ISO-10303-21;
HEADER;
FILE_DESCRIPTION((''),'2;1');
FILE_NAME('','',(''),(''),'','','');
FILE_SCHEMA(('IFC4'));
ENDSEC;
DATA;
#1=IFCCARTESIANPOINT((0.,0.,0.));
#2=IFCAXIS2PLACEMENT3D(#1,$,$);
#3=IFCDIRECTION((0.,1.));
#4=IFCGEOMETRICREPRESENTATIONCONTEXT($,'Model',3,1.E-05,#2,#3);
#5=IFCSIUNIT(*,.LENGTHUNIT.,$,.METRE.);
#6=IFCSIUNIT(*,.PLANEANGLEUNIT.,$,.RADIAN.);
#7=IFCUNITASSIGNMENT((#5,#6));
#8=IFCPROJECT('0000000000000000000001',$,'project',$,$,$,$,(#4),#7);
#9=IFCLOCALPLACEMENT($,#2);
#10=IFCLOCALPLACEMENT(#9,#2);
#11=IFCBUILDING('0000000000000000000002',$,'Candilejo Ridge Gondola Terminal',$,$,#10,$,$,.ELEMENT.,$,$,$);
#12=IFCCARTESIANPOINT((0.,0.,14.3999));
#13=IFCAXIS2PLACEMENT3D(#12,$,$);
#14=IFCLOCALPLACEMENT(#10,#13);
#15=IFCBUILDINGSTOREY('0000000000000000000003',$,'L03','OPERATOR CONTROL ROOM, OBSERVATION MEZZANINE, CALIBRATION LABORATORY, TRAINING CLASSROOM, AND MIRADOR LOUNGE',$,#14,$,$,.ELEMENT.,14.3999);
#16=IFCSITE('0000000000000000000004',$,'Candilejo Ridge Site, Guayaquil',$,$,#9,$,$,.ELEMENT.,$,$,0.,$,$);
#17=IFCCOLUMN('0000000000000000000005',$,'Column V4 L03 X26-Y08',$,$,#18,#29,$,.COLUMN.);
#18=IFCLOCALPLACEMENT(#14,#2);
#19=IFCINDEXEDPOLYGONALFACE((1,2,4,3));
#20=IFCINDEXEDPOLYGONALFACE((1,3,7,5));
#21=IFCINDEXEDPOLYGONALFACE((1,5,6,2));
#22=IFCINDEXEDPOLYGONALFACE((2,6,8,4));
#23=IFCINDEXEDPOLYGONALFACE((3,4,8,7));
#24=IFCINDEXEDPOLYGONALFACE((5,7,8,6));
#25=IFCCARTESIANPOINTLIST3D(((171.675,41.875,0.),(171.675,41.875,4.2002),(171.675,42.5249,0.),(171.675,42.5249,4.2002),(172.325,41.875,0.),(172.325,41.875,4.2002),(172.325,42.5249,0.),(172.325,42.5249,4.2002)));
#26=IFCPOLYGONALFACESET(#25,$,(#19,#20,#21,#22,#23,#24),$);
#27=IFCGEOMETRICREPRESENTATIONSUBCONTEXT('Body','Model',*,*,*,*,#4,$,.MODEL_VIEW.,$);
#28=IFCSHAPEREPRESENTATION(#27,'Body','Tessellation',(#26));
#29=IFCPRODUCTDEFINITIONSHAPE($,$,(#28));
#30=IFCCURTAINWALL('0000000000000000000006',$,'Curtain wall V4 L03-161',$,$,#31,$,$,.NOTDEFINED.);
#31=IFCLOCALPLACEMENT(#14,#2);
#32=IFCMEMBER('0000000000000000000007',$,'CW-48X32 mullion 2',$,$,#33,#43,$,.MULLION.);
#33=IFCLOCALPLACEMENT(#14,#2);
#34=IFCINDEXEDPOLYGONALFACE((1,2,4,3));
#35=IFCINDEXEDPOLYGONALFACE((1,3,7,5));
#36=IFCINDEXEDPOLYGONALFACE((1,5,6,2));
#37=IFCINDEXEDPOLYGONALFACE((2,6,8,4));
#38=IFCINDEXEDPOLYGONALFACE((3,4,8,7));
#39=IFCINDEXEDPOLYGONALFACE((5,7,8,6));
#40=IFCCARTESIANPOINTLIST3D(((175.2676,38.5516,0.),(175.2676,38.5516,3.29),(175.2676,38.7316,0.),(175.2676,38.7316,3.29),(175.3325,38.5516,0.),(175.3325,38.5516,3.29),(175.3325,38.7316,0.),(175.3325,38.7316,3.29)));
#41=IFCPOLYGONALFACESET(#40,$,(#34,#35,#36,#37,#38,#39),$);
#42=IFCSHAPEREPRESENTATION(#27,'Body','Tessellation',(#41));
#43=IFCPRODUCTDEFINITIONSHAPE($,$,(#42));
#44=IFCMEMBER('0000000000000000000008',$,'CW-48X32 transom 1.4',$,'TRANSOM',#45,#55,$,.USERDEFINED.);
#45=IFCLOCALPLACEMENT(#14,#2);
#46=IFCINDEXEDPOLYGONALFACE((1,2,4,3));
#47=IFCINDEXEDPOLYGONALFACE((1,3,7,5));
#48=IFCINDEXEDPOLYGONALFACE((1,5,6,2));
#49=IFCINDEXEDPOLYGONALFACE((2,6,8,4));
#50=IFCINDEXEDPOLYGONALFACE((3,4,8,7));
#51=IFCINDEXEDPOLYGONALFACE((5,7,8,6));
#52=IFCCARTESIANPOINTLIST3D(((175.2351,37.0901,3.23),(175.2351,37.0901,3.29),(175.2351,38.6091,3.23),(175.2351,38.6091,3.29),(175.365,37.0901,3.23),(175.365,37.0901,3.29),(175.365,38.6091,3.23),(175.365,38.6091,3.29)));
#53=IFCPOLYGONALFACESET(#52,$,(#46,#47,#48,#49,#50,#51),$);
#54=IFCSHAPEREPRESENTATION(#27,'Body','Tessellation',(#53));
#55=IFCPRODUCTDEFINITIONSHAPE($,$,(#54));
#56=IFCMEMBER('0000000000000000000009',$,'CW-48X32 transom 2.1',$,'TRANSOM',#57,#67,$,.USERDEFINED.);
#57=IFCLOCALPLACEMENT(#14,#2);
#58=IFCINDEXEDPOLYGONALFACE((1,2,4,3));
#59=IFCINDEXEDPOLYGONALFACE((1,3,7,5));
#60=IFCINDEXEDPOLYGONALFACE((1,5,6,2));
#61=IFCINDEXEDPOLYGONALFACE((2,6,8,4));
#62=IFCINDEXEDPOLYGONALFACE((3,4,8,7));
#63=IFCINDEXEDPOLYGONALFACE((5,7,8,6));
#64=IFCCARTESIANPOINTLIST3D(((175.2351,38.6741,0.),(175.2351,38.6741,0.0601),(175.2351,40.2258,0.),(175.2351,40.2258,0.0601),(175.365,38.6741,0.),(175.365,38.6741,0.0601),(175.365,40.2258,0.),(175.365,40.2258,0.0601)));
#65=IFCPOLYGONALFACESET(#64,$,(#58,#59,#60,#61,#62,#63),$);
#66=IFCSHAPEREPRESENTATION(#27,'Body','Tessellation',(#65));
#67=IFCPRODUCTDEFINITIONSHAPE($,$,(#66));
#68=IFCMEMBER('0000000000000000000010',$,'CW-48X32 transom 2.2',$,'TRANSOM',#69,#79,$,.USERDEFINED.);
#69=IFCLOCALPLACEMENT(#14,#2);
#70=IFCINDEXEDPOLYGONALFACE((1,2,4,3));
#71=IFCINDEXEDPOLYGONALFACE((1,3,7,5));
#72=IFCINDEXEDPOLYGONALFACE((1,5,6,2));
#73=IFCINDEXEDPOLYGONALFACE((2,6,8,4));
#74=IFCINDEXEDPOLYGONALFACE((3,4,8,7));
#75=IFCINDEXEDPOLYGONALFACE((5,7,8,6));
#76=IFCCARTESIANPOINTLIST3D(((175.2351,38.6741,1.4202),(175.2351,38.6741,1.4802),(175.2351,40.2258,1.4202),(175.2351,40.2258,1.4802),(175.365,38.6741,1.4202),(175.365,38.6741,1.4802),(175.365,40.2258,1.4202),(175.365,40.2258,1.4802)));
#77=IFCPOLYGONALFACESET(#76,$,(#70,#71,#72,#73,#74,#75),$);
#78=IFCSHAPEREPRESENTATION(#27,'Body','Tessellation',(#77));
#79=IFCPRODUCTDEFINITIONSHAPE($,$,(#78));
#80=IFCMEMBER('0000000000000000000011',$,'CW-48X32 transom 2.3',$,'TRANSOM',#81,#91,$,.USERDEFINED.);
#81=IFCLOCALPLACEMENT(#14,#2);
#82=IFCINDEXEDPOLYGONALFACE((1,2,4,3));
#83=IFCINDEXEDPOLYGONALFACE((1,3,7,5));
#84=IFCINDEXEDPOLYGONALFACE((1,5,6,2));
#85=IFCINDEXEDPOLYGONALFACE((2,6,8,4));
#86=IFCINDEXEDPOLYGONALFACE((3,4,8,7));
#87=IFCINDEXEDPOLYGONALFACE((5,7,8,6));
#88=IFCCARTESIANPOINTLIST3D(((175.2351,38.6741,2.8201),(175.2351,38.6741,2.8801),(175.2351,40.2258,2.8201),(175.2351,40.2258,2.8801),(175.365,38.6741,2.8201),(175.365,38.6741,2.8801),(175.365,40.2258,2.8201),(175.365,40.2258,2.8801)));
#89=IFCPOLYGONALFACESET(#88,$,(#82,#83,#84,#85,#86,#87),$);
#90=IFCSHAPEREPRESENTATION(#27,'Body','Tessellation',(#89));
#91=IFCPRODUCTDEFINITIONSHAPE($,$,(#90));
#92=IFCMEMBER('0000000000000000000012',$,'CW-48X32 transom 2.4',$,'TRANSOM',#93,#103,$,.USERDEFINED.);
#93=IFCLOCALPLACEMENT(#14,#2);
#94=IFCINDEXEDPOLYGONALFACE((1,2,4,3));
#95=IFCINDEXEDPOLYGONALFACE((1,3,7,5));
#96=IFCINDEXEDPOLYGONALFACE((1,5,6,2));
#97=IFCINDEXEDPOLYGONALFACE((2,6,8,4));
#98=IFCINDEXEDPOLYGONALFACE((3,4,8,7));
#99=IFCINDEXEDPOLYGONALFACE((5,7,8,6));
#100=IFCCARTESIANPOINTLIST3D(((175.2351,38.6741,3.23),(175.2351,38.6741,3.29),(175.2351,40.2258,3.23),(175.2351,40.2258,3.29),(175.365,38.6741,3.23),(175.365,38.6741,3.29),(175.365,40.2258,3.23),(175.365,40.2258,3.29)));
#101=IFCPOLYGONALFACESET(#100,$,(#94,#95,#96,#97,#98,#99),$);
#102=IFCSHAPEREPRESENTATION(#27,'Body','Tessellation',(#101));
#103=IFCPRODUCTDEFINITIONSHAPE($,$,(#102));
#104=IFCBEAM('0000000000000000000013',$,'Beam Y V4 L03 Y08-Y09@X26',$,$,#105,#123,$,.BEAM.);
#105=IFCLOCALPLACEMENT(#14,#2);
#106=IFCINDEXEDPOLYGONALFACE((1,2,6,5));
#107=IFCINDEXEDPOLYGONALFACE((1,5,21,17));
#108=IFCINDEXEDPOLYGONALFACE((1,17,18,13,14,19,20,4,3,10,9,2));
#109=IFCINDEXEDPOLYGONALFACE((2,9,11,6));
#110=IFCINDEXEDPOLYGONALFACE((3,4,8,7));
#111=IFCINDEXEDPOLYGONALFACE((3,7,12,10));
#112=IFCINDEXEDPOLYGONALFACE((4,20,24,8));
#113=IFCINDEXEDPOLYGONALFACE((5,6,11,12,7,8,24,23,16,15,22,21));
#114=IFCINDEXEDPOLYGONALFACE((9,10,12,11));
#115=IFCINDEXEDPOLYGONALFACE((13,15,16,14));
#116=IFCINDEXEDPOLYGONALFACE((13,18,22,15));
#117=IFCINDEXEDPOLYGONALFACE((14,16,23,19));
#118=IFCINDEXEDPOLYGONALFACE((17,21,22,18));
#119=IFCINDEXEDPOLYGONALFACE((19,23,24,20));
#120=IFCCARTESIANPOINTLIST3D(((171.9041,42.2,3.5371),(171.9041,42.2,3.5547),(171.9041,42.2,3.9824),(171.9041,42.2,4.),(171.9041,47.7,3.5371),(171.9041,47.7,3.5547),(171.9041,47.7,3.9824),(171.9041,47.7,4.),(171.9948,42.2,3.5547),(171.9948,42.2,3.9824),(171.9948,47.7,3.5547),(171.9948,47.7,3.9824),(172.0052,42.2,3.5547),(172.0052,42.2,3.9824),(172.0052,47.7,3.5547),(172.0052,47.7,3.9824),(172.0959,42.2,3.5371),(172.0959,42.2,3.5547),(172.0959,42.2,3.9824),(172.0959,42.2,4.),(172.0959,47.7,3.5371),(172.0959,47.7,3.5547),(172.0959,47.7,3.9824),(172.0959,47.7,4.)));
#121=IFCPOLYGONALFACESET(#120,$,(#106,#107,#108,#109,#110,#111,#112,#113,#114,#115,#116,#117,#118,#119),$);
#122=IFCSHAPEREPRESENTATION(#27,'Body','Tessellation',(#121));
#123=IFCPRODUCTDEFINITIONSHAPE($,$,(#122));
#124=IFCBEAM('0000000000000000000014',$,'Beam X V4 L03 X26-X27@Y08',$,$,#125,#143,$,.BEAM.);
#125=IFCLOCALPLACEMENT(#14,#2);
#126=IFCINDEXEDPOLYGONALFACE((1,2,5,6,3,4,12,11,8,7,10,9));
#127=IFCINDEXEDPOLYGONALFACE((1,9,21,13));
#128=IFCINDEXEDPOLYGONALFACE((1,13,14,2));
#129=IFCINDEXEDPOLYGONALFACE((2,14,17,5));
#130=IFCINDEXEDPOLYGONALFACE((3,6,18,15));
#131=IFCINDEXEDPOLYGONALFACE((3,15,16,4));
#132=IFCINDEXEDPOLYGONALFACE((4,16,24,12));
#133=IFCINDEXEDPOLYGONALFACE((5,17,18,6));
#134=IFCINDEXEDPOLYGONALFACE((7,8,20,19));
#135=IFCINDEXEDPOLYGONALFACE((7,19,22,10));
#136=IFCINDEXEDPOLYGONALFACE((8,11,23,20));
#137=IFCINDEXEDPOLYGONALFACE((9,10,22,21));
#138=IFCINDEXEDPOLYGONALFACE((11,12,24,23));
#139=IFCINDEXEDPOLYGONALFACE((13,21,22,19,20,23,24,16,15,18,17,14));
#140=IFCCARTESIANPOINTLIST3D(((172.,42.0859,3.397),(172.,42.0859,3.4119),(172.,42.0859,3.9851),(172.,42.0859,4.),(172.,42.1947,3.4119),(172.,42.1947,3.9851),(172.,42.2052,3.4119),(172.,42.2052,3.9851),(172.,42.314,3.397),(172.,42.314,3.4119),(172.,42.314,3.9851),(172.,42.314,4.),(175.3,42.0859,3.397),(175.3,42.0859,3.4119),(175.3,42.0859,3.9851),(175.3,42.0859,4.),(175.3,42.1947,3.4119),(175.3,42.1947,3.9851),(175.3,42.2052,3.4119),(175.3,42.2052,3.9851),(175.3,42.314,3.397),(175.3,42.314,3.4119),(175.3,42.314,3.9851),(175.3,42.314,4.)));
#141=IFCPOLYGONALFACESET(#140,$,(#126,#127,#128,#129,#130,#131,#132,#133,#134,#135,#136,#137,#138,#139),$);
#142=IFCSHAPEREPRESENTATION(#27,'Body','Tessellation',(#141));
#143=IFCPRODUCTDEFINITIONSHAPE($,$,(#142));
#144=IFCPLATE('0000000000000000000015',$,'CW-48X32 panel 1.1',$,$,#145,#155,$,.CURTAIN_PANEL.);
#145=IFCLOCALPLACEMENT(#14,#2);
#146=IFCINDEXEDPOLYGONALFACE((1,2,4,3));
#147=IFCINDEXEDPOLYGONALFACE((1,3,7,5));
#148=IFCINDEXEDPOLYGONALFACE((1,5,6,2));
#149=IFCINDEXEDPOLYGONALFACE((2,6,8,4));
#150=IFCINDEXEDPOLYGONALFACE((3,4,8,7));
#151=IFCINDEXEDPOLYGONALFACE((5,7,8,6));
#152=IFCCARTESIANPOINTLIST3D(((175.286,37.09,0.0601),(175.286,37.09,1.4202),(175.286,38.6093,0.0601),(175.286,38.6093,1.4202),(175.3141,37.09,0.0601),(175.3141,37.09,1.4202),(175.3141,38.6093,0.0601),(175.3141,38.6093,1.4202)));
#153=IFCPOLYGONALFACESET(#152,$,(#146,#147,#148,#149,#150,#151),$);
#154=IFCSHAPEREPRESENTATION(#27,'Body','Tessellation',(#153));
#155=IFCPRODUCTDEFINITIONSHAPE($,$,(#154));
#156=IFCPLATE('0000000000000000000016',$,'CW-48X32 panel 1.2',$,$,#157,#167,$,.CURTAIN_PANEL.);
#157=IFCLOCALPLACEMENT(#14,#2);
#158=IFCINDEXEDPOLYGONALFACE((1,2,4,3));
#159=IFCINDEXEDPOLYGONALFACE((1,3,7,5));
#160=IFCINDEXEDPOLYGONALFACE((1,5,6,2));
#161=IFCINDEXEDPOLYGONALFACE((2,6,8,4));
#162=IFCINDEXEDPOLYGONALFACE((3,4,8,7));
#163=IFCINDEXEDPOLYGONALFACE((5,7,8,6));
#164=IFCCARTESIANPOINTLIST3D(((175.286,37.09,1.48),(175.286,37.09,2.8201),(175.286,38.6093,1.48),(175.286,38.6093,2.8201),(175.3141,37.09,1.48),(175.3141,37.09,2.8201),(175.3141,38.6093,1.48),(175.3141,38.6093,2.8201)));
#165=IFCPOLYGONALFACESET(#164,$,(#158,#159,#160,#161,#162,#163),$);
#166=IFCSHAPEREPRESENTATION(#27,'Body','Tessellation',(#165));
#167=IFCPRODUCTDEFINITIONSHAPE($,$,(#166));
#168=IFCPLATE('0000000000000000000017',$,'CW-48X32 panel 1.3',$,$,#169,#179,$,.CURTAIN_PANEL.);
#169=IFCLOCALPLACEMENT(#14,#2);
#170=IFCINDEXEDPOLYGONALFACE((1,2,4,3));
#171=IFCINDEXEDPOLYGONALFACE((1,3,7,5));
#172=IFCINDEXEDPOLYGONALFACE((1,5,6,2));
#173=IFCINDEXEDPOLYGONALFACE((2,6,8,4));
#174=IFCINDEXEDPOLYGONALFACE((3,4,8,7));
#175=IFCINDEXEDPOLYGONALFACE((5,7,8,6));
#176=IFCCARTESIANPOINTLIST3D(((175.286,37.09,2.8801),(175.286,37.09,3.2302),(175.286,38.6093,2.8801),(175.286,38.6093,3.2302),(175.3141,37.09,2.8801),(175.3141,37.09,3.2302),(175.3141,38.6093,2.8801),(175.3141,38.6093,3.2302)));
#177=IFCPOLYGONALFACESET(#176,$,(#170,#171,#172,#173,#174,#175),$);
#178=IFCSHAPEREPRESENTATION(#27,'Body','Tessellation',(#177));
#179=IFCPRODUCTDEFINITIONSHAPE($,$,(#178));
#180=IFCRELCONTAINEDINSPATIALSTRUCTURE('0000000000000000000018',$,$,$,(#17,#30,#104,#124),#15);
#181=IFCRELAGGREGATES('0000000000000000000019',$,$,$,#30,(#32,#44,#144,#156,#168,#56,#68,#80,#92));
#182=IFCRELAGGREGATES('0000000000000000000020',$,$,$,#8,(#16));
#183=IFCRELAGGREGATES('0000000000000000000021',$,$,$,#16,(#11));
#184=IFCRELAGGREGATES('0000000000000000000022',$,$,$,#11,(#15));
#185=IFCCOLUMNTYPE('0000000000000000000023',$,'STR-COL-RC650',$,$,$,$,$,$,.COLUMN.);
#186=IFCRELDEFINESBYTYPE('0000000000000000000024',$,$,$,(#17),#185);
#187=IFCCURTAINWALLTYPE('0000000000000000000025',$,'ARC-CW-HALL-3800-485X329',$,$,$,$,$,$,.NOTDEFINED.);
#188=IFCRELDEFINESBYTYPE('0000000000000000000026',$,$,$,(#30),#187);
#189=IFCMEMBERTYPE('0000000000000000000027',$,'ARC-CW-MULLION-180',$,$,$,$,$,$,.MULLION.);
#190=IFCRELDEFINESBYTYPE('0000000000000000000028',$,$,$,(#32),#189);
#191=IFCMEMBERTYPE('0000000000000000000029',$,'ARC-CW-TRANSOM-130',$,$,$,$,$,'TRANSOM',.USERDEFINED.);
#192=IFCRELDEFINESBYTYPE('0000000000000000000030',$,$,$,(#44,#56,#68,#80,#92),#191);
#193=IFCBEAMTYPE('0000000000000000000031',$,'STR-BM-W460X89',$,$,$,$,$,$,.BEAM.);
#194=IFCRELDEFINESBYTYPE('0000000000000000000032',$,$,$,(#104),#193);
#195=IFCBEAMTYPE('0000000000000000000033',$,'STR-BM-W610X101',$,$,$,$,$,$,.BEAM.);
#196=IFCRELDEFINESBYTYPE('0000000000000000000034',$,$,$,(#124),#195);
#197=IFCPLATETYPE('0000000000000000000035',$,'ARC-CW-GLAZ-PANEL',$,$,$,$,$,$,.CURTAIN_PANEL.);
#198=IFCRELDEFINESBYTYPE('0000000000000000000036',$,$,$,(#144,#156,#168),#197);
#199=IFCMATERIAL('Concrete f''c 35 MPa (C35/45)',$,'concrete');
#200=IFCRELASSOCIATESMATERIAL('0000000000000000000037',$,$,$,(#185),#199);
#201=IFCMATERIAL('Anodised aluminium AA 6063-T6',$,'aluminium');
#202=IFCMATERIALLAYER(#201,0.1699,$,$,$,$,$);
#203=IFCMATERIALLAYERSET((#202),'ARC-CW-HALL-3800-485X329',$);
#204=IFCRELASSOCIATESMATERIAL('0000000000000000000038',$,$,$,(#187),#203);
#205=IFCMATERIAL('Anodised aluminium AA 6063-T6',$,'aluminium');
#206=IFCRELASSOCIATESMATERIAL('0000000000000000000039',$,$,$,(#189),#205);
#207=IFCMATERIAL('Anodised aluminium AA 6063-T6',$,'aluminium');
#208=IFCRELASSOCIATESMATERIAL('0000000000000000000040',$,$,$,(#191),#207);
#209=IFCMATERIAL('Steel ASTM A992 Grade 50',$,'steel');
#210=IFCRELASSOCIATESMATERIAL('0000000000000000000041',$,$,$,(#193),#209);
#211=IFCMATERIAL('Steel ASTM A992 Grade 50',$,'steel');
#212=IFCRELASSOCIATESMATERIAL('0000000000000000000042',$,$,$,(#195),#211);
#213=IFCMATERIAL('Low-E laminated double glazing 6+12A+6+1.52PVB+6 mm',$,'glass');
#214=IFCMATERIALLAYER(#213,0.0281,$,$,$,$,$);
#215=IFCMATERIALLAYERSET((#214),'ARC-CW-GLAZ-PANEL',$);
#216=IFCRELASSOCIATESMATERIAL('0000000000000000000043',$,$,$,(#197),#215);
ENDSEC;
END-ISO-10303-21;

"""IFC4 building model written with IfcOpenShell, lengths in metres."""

from ifc_helpers import new_model, si_unit, direction, frame, origin, origin_2d, place, context, subcontext, project, spatial, rectangle, i_section, extrude, material, layer, layer_set, material_profile, profile_set, type_object, element, aggregate, save


model = new_model("IFC4")

# Units and contexts
model_context = context("Model", 3, precision=1e-05, world=origin(), true_north=direction((0.0, 1.0)))
body_context = subcontext(model_context, "Body", "Model", "MODEL_VIEW")
ifc_project = project(units=[si_unit("LENGTHUNIT", "METRE"), si_unit("PLANEANGLEUNIT", "RADIAN")], contexts=[model_context])

# Site, building, storey
site_placement = place(None, origin())
site = spatial("IfcSite", under=ifc_project, at=site_placement, Name="Candilejo Ridge Site, Guayaquil", CompositionType="ELEMENT", RefElevation=0.0)
building_placement = place(site_placement, origin())
building = spatial("IfcBuilding", under=site, at=building_placement, Name="Candilejo Ridge Gondola Terminal", CompositionType="ELEMENT")
storey_placement = place(building_placement, frame((0.0, 0.0, 14.3999)))
storey = spatial("IfcBuildingStorey", under=building, at=storey_placement, Name="L03", Description="OPERATOR CONTROL ROOM, OBSERVATION MEZZANINE, CALIBRATION LABORATORY, TRAINING CLASSROOM, AND MIRADOR LOUNGE", CompositionType="ELEMENT", Elevation=14.3999)

# Column
ifc_material_1 = material(Name="Concrete f'c 35 MPa (C35/45)", Category="concrete")
ifc_material_profile_1 = material_profile(ifc_material_1, rectangle(XDim=0.6499, YDim=0.6499, at=origin_2d()))
ifc_profile_set_1 = profile_set([ifc_material_profile_1], Name="Concrete f'c 35 MPa (C35/45)")
column_type = type_object("IfcColumnType", Name="STR-COL-RC650", PredefinedType="COLUMN", material=ifc_profile_set_1)
column_placement = place(storey_placement, frame((172.0, 42.2, 0.0), z_axis=(0.0, 0.0, 1.0), x_axis=(1.0, 0.0, 0.0)))
element("IfcColumn", 1, at=column_placement, inside=storey, type_object=column_type, Name="Column V4 L03 X26-Y08", PredefinedType="COLUMN", context=body_context, shape_type="SweptSolid", body=[
    extrude(rectangle(XDim=0.6499, YDim=0.6499, at=origin_2d()), origin(), (0.0, 0.0, 1.0), 4.2002),
])

# Curtain wall, members
ifc_material_2 = material(Name="Anodised aluminium AA 6063-T6", Category="aluminium")
ifc_layer_1 = layer(ifc_material_2, 0.1699)
ifc_layer_set_1 = layer_set([ifc_layer_1], Name="ARC-CW-HALL-3800-485X329")
curtain_wall_type = type_object("IfcCurtainWallType", Name="ARC-CW-HALL-3800-485X329", PredefinedType="NOTDEFINED", material=ifc_layer_set_1)
curtain_wall_placement = place(storey_placement, origin())
curtain_wall = element("IfcCurtainWall", 2, at=curtain_wall_placement, inside=storey, type_object=curtain_wall_type, Name="Curtain wall V4 L03-161", PredefinedType="NOTDEFINED")
ifc_material_3 = material(Name="Anodised aluminium AA 6063-T6", Category="aluminium")
ifc_material_profile_2 = material_profile(ifc_material_3, rectangle(XDim=0.0649, YDim=0.1799, at=origin_2d()))
ifc_profile_set_2 = profile_set([ifc_material_profile_2], Name="Anodised aluminium AA 6063-T6")
member_type_1 = type_object("IfcMemberType", Name="ARC-CW-MULLION-180", PredefinedType="MULLION", material=ifc_profile_set_2)
member_1_placement = place(storey_placement, frame((175.3, 38.6416, 0.0), z_axis=(0.0, 0.0, 1.0), x_axis=(-1.0, 0.0, 0.0)))
member_1 = element("IfcMember", 3, at=member_1_placement, type_object=member_type_1, Name="CW-48X32 mullion 2", PredefinedType="MULLION", context=body_context, shape_type="SweptSolid", body=[
    extrude(rectangle(XDim=0.0649, YDim=0.1799, at=origin_2d()), origin(), (0.0, 0.0, 1.0), 3.29),
])
ifc_material_4 = material(Name="Anodised aluminium AA 6063-T6", Category="aluminium")
ifc_material_profile_3 = material_profile(ifc_material_4, rectangle(XDim=0.1299, YDim=0.0601, at=origin_2d()))
ifc_profile_set_3 = profile_set([ifc_material_profile_3], Name="Anodised aluminium AA 6063-T6")
member_type_2 = type_object("IfcMemberType", Name="ARC-CW-TRANSOM-130", ElementType="TRANSOM", PredefinedType="USERDEFINED", material=ifc_profile_set_3)
member_2_placement = place(storey_placement, frame((175.3, 37.0901, 3.26), z_axis=(0.0, 1.0, 0.0), x_axis=(-1.0, 0.0, 0.0)))
member_2 = element("IfcMember", 4, at=member_2_placement, type_object=member_type_2, Name="CW-48X32 transom 1.4", ObjectType="TRANSOM", PredefinedType="USERDEFINED", context=body_context, shape_type="SweptSolid", body=[
    extrude(rectangle(XDim=0.1299, YDim=0.0601, at=origin_2d()), origin(), (0.0, 0.0, 1.0), 1.519),
])
member_3_placement = place(storey_placement, frame((175.3, 38.6741, 0.03), z_axis=(0.0, 1.0, 0.0), x_axis=(-1.0, 0.0, 0.0)))
member_3 = element("IfcMember", 5, at=member_3_placement, type_object=member_type_2, Name="CW-48X32 transom 2.1", ObjectType="TRANSOM", PredefinedType="USERDEFINED", context=body_context, shape_type="SweptSolid", body=[
    extrude(rectangle(XDim=0.1299, YDim=0.0601, at=origin_2d()), origin(), (0.0, 0.0, 1.0), 1.5518),
])
member_4_placement = place(storey_placement, frame((175.3, 38.6741, 1.4502), z_axis=(0.0, 1.0, 0.0), x_axis=(-1.0, 0.0, 0.0)))
member_4 = element("IfcMember", 6, at=member_4_placement, type_object=member_type_2, Name="CW-48X32 transom 2.2", ObjectType="TRANSOM", PredefinedType="USERDEFINED", context=body_context, shape_type="SweptSolid", body=[
    extrude(rectangle(XDim=0.1299, YDim=0.0601, at=origin_2d()), origin(), (0.0, 0.0, 1.0), 1.5518),
])
member_5_placement = place(storey_placement, frame((175.3, 38.6741, 2.8501), z_axis=(0.0, 1.0, 0.0), x_axis=(-1.0, 0.0, 0.0)))
member_5 = element("IfcMember", 7, at=member_5_placement, type_object=member_type_2, Name="CW-48X32 transom 2.3", ObjectType="TRANSOM", PredefinedType="USERDEFINED", context=body_context, shape_type="SweptSolid", body=[
    extrude(rectangle(XDim=0.1299, YDim=0.0601, at=origin_2d()), origin(), (0.0, 0.0, 1.0), 1.5518),
])
member_6_placement = place(storey_placement, frame((175.3, 38.6741, 3.26), z_axis=(0.0, 1.0, 0.0), x_axis=(-1.0, 0.0, 0.0)))
member_6 = element("IfcMember", 8, at=member_6_placement, type_object=member_type_2, Name="CW-48X32 transom 2.4", ObjectType="TRANSOM", PredefinedType="USERDEFINED", context=body_context, shape_type="SweptSolid", body=[
    extrude(rectangle(XDim=0.1299, YDim=0.0601, at=origin_2d()), origin(), (0.0, 0.0, 1.0), 1.5518),
])

# Beams
ifc_material_5 = material(Name="Steel ASTM A992 Grade 50", Category="steel")
ifc_material_profile_4 = material_profile(ifc_material_5, i_section(OverallWidth=0.1919, OverallDepth=0.4629, WebThickness=0.0105, FlangeThickness=0.0176, at=origin_2d()))
ifc_profile_set_4 = profile_set([ifc_material_profile_4], Name="Steel ASTM A992 Grade 50")
beam_type_1 = type_object("IfcBeamType", Name="STR-BM-W460X89", PredefinedType="BEAM", material=ifc_profile_set_4)
beam_1_placement = place(storey_placement, frame((172.0, 42.2, 3.7686), z_axis=(0.0, 1.0, 0.0), x_axis=(-1.0, 0.0, 0.0)))
element("IfcBeam", 9, at=beam_1_placement, inside=storey, type_object=beam_type_1, Name="Beam Y V4 L03 Y08-Y09@X26", PredefinedType="BEAM", context=body_context, shape_type="SweptSolid", body=[
    extrude(i_section(OverallWidth=0.1919, OverallDepth=0.4629, WebThickness=0.0105, FlangeThickness=0.0176, at=origin_2d()), origin(), (0.0, 0.0, 1.0), 5.5),
])
ifc_material_6 = material(Name="Steel ASTM A992 Grade 50", Category="steel")
ifc_material_profile_5 = material_profile(ifc_material_6, i_section(OverallWidth=0.228, OverallDepth=0.603, WebThickness=0.0105, FlangeThickness=0.0149, at=origin_2d()))
ifc_profile_set_5 = profile_set([ifc_material_profile_5], Name="Steel ASTM A992 Grade 50")
beam_type_2 = type_object("IfcBeamType", Name="STR-BM-W610X101", PredefinedType="BEAM", material=ifc_profile_set_5)
beam_2_placement = place(storey_placement, frame((172.0, 42.2, 3.6985), z_axis=(1.0, 0.0, 0.0), x_axis=(0.0, 1.0, 0.0)))
element("IfcBeam", 10, at=beam_2_placement, inside=storey, type_object=beam_type_2, Name="Beam X V4 L03 X26-X27@Y08", PredefinedType="BEAM", context=body_context, shape_type="SweptSolid", body=[
    extrude(i_section(OverallWidth=0.228, OverallDepth=0.603, WebThickness=0.0105, FlangeThickness=0.0149, at=origin_2d()), origin(), (0.0, 0.0, 1.0), 3.3),
])

# Plates
ifc_material_7 = material(Name="Low-E laminated double glazing 6+12A+6+1.52PVB+6 mm", Category="glass")
ifc_layer_2 = layer(ifc_material_7, 0.0281)
ifc_layer_set_2 = layer_set([ifc_layer_2], Name="ARC-CW-GLAZ-PANEL")
plate_type = type_object("IfcPlateType", Name="ARC-CW-GLAZ-PANEL", PredefinedType="CURTAIN_PANEL", material=ifc_layer_set_2)
plate_1_placement = place(storey_placement, frame((175.3, 37.8496, 0.0601), z_axis=(0.0, 0.0, 1.0), x_axis=(0.0, 1.0, 0.0)))
plate_1 = element("IfcPlate", 11, at=plate_1_placement, type_object=plate_type, Name="CW-48X32 panel 1.1", PredefinedType="CURTAIN_PANEL", context=body_context, shape_type="SweptSolid", body=[
    extrude(rectangle(XDim=1.5193, YDim=0.0281, at=origin_2d()), origin(), (0.0, 0.0, 1.0), 1.3601),
])
plate_2_placement = place(storey_placement, frame((175.3, 37.8496, 1.48), z_axis=(0.0, 0.0, 1.0), x_axis=(0.0, 1.0, 0.0)))
plate_2 = element("IfcPlate", 12, at=plate_2_placement, type_object=plate_type, Name="CW-48X32 panel 1.2", PredefinedType="CURTAIN_PANEL", context=body_context, shape_type="SweptSolid", body=[
    extrude(rectangle(XDim=1.5193, YDim=0.0281, at=origin_2d()), origin(), (0.0, 0.0, 1.0), 1.3401),
])
plate_3_placement = place(storey_placement, frame((175.3, 37.8496, 2.8801), z_axis=(0.0, 0.0, 1.0), x_axis=(0.0, 1.0, 0.0)))
plate_3 = element("IfcPlate", 13, at=plate_3_placement, type_object=plate_type, Name="CW-48X32 panel 1.3", PredefinedType="CURTAIN_PANEL", context=body_context, shape_type="SweptSolid", body=[
    extrude(rectangle(XDim=1.5193, YDim=0.0281, at=origin_2d()), origin(), (0.0, 0.0, 1.0), 0.3501),
])
aggregate(curtain_wall, [member_1, member_2, plate_1, plate_2, plate_3, member_3, member_4, member_5, member_6])

save(model, "model.ifc")
